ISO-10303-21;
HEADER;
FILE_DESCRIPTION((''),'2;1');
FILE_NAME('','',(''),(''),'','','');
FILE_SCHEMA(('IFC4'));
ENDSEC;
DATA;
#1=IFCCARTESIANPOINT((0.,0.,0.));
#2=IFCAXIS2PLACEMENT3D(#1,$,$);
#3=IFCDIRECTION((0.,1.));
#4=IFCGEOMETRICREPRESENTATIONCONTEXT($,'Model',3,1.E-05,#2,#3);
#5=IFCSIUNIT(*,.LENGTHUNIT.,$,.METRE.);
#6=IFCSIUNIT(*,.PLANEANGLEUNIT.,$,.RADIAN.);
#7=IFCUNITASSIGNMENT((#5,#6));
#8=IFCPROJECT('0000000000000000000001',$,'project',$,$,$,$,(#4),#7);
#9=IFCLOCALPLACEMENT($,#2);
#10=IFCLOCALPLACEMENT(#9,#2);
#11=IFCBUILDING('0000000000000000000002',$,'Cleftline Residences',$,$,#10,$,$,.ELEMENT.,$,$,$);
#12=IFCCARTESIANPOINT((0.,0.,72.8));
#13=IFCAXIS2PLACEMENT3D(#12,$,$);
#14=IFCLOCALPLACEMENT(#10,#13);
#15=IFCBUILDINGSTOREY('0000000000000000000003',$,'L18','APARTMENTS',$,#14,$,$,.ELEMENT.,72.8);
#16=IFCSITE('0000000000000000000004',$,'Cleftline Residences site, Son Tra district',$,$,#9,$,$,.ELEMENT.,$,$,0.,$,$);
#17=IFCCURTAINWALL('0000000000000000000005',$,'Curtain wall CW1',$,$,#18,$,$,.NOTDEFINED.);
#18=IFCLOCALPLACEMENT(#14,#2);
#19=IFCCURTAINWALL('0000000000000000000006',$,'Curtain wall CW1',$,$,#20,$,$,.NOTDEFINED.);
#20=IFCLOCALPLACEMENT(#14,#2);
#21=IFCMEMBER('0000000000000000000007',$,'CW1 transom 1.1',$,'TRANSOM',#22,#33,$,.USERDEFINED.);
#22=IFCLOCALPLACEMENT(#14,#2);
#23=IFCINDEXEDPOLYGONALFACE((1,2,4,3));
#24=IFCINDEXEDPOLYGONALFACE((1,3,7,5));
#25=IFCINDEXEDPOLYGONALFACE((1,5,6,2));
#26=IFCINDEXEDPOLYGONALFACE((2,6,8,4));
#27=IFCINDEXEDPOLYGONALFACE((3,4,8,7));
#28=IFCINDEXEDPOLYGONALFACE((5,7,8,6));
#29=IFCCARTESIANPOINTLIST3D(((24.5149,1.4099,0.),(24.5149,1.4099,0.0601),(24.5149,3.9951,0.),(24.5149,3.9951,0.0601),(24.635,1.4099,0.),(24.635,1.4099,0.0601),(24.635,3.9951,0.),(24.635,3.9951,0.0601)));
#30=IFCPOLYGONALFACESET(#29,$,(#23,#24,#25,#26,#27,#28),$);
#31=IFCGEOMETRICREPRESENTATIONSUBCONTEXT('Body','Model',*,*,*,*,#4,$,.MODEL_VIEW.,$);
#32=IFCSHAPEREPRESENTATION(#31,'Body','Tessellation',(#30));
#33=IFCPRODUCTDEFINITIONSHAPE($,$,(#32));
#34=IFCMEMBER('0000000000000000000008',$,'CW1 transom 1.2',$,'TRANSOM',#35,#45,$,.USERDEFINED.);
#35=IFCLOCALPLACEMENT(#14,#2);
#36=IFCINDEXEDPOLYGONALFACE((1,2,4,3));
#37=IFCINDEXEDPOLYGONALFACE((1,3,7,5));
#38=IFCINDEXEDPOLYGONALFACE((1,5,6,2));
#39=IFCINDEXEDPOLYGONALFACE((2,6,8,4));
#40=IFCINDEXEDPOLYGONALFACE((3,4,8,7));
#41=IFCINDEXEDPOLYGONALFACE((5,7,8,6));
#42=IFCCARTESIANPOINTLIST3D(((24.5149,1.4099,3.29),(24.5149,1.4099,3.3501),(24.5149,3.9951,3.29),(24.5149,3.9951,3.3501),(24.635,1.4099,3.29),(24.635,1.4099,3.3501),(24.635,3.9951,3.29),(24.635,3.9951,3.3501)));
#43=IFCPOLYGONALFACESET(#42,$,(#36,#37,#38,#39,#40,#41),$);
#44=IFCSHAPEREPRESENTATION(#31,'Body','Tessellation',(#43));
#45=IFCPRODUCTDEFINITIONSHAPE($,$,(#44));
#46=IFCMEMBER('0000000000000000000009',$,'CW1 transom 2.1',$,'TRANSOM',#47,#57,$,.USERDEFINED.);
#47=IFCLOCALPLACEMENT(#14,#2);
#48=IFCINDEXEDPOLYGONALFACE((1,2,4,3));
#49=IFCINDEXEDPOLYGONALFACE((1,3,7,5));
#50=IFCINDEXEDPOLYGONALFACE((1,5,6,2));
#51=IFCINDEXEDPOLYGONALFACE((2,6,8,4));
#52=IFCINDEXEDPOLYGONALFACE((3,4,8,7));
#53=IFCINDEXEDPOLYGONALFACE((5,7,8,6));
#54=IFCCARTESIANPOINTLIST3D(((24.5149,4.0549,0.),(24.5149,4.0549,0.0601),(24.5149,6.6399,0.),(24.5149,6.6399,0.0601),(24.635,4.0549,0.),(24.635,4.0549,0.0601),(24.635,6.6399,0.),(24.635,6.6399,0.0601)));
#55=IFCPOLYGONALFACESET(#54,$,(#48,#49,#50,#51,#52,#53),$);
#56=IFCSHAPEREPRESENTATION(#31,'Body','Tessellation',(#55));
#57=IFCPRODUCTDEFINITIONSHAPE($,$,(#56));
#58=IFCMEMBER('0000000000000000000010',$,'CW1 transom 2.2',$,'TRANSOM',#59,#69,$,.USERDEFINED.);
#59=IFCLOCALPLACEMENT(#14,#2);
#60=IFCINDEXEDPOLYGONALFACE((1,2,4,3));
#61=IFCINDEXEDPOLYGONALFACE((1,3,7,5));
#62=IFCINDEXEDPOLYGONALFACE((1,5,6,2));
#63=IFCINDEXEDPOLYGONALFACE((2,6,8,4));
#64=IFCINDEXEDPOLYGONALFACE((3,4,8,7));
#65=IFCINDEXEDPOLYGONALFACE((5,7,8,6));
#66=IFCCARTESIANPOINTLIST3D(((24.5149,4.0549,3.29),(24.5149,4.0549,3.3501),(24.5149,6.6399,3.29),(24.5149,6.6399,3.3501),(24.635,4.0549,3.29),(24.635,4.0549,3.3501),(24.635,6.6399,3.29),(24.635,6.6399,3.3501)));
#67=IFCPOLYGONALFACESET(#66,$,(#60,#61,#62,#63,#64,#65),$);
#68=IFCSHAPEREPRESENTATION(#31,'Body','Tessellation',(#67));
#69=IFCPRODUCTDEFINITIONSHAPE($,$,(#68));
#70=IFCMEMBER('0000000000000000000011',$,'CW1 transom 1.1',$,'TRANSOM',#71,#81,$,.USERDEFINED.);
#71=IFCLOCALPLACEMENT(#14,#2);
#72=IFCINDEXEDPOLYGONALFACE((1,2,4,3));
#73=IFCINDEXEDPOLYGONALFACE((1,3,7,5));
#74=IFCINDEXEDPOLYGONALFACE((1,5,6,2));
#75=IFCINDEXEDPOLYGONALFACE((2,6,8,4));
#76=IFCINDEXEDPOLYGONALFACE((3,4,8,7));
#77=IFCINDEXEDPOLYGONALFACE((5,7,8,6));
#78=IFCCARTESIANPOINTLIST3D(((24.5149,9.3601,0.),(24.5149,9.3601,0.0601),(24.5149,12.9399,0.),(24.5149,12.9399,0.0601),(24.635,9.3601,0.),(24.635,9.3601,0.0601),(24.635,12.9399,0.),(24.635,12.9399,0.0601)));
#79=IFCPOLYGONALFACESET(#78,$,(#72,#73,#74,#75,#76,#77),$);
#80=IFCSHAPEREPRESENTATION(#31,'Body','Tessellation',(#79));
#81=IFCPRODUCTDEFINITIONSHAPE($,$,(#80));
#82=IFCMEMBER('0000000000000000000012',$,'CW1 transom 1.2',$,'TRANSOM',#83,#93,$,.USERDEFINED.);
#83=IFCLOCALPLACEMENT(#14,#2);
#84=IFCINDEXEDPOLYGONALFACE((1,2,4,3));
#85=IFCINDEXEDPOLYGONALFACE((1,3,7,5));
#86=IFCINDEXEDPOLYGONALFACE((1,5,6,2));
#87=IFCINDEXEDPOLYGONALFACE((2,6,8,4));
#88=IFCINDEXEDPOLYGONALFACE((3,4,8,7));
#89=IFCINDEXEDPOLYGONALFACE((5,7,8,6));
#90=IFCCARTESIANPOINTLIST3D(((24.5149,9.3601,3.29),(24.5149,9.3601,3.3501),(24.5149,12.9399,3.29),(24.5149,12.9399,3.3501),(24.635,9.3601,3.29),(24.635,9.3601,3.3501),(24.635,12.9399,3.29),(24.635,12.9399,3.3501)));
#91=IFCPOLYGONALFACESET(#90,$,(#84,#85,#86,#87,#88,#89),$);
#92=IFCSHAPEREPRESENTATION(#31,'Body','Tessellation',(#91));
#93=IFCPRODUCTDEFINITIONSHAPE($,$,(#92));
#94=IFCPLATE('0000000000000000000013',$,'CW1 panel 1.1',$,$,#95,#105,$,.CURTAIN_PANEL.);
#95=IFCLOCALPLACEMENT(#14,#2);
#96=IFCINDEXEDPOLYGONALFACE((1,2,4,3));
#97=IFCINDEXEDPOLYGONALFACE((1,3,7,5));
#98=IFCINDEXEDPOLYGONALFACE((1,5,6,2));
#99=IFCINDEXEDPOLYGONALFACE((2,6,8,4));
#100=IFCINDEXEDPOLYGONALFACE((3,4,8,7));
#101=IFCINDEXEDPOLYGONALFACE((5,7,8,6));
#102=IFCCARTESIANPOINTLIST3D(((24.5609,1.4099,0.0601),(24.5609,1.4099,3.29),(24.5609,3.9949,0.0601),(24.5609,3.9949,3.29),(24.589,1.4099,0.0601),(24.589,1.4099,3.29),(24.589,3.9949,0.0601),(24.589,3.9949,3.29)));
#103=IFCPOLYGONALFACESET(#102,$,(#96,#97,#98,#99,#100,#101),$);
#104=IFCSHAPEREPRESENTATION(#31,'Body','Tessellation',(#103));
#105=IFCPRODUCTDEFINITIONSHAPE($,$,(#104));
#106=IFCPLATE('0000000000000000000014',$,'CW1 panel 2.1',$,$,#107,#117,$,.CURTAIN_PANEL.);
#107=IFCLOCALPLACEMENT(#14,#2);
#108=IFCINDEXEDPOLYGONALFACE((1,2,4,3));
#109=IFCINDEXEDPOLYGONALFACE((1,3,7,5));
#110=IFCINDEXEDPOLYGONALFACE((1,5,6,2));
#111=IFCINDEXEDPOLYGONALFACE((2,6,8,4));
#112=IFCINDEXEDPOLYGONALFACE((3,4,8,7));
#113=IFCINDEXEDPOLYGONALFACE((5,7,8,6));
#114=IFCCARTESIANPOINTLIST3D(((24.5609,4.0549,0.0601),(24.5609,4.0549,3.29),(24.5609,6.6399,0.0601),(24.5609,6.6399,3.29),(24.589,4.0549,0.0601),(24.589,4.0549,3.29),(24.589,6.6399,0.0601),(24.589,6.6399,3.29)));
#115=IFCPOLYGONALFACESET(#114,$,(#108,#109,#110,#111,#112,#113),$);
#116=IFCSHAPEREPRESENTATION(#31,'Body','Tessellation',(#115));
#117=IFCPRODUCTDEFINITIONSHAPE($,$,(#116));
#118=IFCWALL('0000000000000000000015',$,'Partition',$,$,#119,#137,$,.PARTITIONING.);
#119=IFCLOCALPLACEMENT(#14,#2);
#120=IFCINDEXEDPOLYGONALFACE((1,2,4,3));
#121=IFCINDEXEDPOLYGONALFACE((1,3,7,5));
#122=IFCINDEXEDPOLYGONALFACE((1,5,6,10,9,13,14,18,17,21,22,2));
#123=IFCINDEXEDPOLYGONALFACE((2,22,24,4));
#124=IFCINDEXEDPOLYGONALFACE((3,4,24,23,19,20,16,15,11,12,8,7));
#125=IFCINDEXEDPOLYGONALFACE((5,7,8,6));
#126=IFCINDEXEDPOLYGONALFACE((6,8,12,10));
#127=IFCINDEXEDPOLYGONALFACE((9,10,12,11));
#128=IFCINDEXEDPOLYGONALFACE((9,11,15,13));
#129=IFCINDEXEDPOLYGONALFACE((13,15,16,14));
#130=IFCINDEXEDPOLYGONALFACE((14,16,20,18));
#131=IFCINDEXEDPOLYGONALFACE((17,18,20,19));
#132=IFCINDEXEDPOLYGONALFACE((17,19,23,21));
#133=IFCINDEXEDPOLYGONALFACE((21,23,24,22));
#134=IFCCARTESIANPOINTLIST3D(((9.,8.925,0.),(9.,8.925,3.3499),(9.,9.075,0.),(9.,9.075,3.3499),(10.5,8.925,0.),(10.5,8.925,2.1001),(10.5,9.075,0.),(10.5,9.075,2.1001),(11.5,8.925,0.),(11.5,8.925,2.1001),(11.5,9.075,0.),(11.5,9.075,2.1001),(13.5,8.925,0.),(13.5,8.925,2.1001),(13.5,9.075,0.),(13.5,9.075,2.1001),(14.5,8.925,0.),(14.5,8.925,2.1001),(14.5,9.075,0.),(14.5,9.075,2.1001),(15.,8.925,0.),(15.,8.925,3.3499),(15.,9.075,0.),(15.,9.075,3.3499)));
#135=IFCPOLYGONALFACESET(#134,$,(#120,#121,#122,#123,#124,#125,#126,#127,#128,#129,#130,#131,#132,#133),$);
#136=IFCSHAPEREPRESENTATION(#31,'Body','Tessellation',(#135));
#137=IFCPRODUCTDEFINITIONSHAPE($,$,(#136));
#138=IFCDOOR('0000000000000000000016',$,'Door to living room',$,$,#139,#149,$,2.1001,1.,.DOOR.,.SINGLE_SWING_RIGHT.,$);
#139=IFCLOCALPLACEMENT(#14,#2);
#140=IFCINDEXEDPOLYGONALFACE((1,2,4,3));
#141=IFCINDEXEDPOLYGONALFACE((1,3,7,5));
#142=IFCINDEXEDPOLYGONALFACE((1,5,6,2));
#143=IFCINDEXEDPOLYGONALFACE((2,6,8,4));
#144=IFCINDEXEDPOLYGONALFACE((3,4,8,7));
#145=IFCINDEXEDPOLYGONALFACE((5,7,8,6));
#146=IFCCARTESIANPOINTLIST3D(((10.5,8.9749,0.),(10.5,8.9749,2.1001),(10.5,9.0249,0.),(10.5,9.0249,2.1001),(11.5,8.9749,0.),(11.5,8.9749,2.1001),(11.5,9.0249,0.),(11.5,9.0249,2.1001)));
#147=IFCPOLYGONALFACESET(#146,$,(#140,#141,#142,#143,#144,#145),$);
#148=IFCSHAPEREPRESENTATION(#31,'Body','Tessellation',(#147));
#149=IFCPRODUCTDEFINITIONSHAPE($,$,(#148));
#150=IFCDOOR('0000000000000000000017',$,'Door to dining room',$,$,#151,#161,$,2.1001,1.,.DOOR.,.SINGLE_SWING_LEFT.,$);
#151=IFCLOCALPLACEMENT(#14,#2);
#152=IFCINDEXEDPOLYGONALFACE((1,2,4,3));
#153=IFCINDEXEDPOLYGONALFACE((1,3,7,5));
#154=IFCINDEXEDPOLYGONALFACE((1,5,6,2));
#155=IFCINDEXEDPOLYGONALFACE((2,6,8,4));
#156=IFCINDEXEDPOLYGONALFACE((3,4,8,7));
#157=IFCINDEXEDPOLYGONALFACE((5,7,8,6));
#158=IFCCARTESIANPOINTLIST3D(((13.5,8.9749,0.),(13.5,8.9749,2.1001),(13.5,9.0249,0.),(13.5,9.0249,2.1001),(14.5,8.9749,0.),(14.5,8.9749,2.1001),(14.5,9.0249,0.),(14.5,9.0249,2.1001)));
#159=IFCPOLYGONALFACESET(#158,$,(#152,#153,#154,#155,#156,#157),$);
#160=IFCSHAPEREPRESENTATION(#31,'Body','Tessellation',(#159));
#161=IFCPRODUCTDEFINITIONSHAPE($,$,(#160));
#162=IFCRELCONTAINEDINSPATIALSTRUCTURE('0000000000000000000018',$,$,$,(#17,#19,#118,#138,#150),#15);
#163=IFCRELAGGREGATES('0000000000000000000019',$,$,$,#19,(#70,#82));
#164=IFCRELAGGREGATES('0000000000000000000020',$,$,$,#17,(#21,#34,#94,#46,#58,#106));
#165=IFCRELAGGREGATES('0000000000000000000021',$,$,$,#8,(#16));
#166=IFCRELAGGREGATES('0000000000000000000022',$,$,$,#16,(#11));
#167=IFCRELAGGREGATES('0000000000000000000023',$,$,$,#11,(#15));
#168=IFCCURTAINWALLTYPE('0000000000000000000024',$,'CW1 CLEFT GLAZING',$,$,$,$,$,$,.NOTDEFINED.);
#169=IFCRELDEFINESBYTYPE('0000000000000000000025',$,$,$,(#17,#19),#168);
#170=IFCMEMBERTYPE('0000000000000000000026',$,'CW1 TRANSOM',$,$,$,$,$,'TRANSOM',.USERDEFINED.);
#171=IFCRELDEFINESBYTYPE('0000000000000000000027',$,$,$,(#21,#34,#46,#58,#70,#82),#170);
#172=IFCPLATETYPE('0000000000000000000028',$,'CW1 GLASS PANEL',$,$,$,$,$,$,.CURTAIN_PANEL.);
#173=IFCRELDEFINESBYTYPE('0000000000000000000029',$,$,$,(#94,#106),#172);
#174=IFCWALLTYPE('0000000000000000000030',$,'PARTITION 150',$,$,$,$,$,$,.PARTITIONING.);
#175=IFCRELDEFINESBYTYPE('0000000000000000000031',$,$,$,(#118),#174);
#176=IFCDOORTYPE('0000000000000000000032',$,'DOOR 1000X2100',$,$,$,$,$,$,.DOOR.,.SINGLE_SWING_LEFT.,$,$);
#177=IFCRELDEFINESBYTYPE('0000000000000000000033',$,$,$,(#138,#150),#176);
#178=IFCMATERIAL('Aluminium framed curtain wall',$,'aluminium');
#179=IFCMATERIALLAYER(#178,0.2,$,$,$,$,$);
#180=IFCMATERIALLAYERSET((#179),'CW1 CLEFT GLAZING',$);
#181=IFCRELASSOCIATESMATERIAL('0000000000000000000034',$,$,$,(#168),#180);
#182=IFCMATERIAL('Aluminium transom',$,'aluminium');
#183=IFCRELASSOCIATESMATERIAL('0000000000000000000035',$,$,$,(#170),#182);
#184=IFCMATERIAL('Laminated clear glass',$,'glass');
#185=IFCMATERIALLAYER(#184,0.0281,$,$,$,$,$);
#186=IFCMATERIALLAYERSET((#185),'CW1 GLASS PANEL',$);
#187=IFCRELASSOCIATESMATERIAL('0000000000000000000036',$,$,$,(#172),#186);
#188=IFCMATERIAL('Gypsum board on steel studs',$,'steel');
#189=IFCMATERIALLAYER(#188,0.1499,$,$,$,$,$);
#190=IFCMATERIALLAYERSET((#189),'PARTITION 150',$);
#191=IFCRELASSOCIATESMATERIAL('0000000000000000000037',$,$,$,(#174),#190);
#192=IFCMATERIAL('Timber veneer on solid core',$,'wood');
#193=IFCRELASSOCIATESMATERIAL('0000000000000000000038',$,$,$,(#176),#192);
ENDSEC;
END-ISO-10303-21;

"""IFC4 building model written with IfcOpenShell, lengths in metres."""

from ifc_helpers import new_model, si_unit, direction, frame, frame_2d, origin, origin_2d, place, context, subcontext, project, spatial, rectangle, extrude, material, layer, layer_set, material_profile, profile_set, type_object, element, fill, aggregate, save


model = new_model("IFC4")

# Units and contexts
model_context = context("Model", 3, precision=1e-05, world=origin(), true_north=direction((0.0, 1.0)))
body_context = subcontext(model_context, "Body", "Model", "MODEL_VIEW")
ifc_project = project(units=[si_unit("LENGTHUNIT", "METRE"), si_unit("PLANEANGLEUNIT", "RADIAN")], contexts=[model_context])

# Site, building, storey
site_placement = place(None, origin())
site = spatial("IfcSite", under=ifc_project, at=site_placement, Name="Cleftline Residences site, Son Tra district", CompositionType="ELEMENT", RefElevation=0.0)
building_placement = place(site_placement, origin())
building = spatial("IfcBuilding", under=site, at=building_placement, Name="Cleftline Residences", CompositionType="ELEMENT")
storey_placement = place(building_placement, frame((0.0, 0.0, 72.8)))
storey = spatial("IfcBuildingStorey", under=building, at=storey_placement, Name="L18", Description="APARTMENTS", CompositionType="ELEMENT", Elevation=72.8)

# Curtain wall
ifc_material_1 = material(Name="Aluminium framed curtain wall", Category="aluminium")
ifc_layer_1 = layer(ifc_material_1, 0.2)
ifc_layer_set_1 = layer_set([ifc_layer_1], Name="CW1 CLEFT GLAZING")
curtain_wall_type = type_object("IfcCurtainWallType", Name="CW1 CLEFT GLAZING", PredefinedType="NOTDEFINED", material=ifc_layer_set_1)
curtain_wall_1_placement = place(storey_placement, origin())
curtain_wall_1 = element("IfcCurtainWall", 1, at=curtain_wall_1_placement, inside=storey, type_object=curtain_wall_type, Name="Curtain wall CW1", PredefinedType="NOTDEFINED")

# Curtain wall
curtain_wall_2_placement = place(storey_placement, origin())
curtain_wall_2 = element("IfcCurtainWall", 2, at=curtain_wall_2_placement, inside=storey, type_object=curtain_wall_type, Name="Curtain wall CW1", PredefinedType="NOTDEFINED")

# Members
ifc_material_2 = material(Name="Aluminium transom", Category="aluminium")
ifc_material_profile_1 = material_profile(ifc_material_2, rectangle(XDim=0.1201, YDim=0.0601, at=origin_2d()))
ifc_profile_set_1 = profile_set([ifc_material_profile_1], Name="Aluminium transom")
member_type_1 = type_object("IfcMemberType", Name="CW1 TRANSOM", ElementType="TRANSOM", PredefinedType="USERDEFINED", material=ifc_profile_set_1)
member_1_placement = place(storey_placement, frame((24.575, 1.4099, 0.03), z_axis=(0.0, 1.0, 0.0), x_axis=(-1.0, 0.0, 0.0)))
member_1 = element("IfcMember", 3, at=member_1_placement, type_object=member_type_1, Name="CW1 transom 1.1", ObjectType="TRANSOM", PredefinedType="USERDEFINED", context=body_context, shape_type="SweptSolid", body=[
    extrude(rectangle(XDim=0.1201, YDim=0.0601, at=origin_2d()), origin(), (0.0, 0.0, 1.0), 2.5852),
])
member_2_placement = place(storey_placement, frame((24.575, 1.4099, 3.3201), z_axis=(0.0, 1.0, 0.0), x_axis=(-1.0, 0.0, 0.0)))
member_2 = element("IfcMember", 4, at=member_2_placement, type_object=member_type_1, Name="CW1 transom 1.2", ObjectType="TRANSOM", PredefinedType="USERDEFINED", context=body_context, shape_type="SweptSolid", body=[
    extrude(rectangle(XDim=0.1201, YDim=0.0601, at=origin_2d()), origin(), (0.0, 0.0, 1.0), 2.5852),
])
member_3_placement = place(storey_placement, frame((24.575, 4.0549, 0.03), z_axis=(0.0, 1.0, 0.0), x_axis=(-1.0, 0.0, 0.0)))
member_3 = element("IfcMember", 5, at=member_3_placement, type_object=member_type_1, Name="CW1 transom 2.1", ObjectType="TRANSOM", PredefinedType="USERDEFINED", context=body_context, shape_type="SweptSolid", body=[
    extrude(rectangle(XDim=0.1201, YDim=0.0601, at=origin_2d()), origin(), (0.0, 0.0, 1.0), 2.585),
])
member_4_placement = place(storey_placement, frame((24.575, 4.0549, 3.3201), z_axis=(0.0, 1.0, 0.0), x_axis=(-1.0, 0.0, 0.0)))
member_4 = element("IfcMember", 6, at=member_4_placement, type_object=member_type_1, Name="CW1 transom 2.2", ObjectType="TRANSOM", PredefinedType="USERDEFINED", context=body_context, shape_type="SweptSolid", body=[
    extrude(rectangle(XDim=0.1201, YDim=0.0601, at=origin_2d()), origin(), (0.0, 0.0, 1.0), 2.585),
])
member_5_placement = place(storey_placement, frame((24.575, 9.3601, 0.03), z_axis=(0.0, 1.0, 0.0), x_axis=(-1.0, 0.0, 0.0)))
member_5 = element("IfcMember", 7, at=member_5_placement, type_object=member_type_1, Name="CW1 transom 1.1", ObjectType="TRANSOM", PredefinedType="USERDEFINED", context=body_context, shape_type="SweptSolid", body=[
    extrude(rectangle(XDim=0.1201, YDim=0.0601, at=origin_2d()), origin(), (0.0, 0.0, 1.0), 3.5798),
])
member_6_placement = place(storey_placement, frame((24.575, 9.3601, 3.3201), z_axis=(0.0, 1.0, 0.0), x_axis=(-1.0, 0.0, 0.0)))
member_6 = element("IfcMember", 8, at=member_6_placement, type_object=member_type_1, Name="CW1 transom 1.2", ObjectType="TRANSOM", PredefinedType="USERDEFINED", context=body_context, shape_type="SweptSolid", body=[
    extrude(rectangle(XDim=0.1201, YDim=0.0601, at=origin_2d()), origin(), (0.0, 0.0, 1.0), 3.5798),
])
aggregate(curtain_wall_2, [member_5, member_6])

# Plates
ifc_material_3 = material(Name="Laminated clear glass", Category="glass")
ifc_layer_2 = layer(ifc_material_3, 0.0281)
ifc_layer_set_2 = layer_set([ifc_layer_2], Name="CW1 GLASS PANEL")
plate_type = type_object("IfcPlateType", Name="CW1 GLASS PANEL", PredefinedType="CURTAIN_PANEL", material=ifc_layer_set_2)
plate_1_placement = place(storey_placement, frame((24.575, 2.7024, 0.0601), z_axis=(0.0, 0.0, 1.0), x_axis=(0.0, 1.0, 0.0)))
plate_1 = element("IfcPlate", 9, at=plate_1_placement, type_object=plate_type, Name="CW1 panel 1.1", PredefinedType="CURTAIN_PANEL", context=body_context, shape_type="SweptSolid", body=[
    extrude(rectangle(XDim=2.585, YDim=0.0281, at=origin_2d()), origin(), (0.0, 0.0, 1.0), 3.23),
])
plate_2_placement = place(storey_placement, frame((24.575, 5.3474, 0.0601), z_axis=(0.0, 0.0, 1.0), x_axis=(0.0, 1.0, 0.0)))
plate_2 = element("IfcPlate", 10, at=plate_2_placement, type_object=plate_type, Name="CW1 panel 2.1", PredefinedType="CURTAIN_PANEL", context=body_context, shape_type="SweptSolid", body=[
    extrude(rectangle(XDim=2.585, YDim=0.0281, at=origin_2d()), origin(), (0.0, 0.0, 1.0), 3.23),
])
aggregate(curtain_wall_1, [member_1, member_2, plate_1, member_3, member_4, plate_2])

# Wall, openings, doors
ifc_material_4 = material(Name="Gypsum board on steel studs", Category="steel")
ifc_layer_3 = layer(ifc_material_4, 0.1499)
ifc_layer_set_3 = layer_set([ifc_layer_3], Name="PARTITION 150")
wall_type = type_object("IfcWallType", Name="PARTITION 150", PredefinedType="PARTITIONING", material=ifc_layer_set_3)
wall_1_placement = place(storey_placement, frame((9.0, 9.0, 0.0), z_axis=(0.0, 0.0, 1.0), x_axis=(1.0, 0.0, 0.0)))
wall_1 = element("IfcWall", 11, at=wall_1_placement, inside=storey, type_object=wall_type, Name="Partition", PredefinedType="PARTITIONING", context=body_context, shape_type="SweptSolid", body=[
    extrude(rectangle(XDim=6.0, YDim=0.1499, at=frame_2d((3.0, 0.0))), origin(), (0.0, 0.0, 1.0), 3.3499),
])
opening_1_placement = place(wall_1_placement, frame((1.5, 0.0, 0.0)))
opening_1 = element("IfcOpeningElement", 12, at=opening_1_placement, cuts=wall_1, PredefinedType="OPENING", context=body_context, shape_type="SweptSolid", body=[
    extrude(rectangle(XDim=1.0, YDim=2.1001, at=frame_2d((0.5, 1.05))), frame((0.0, 0.085, 0.0), z_axis=(0.0, -1.0, 0.0), x_axis=(1.0, 0.0, 0.0)), (0.0, 0.0, 1.0), 0.1699),
])
opening_2_placement = place(wall_1_placement, frame((4.5, 0.0, 0.0)))
opening_2 = element("IfcOpeningElement", 13, at=opening_2_placement, cuts=wall_1, PredefinedType="OPENING", context=body_context, shape_type="SweptSolid", body=[
    extrude(rectangle(XDim=1.0, YDim=2.1001, at=frame_2d((0.5, 1.05))), frame((0.0, 0.085, 0.0), z_axis=(0.0, -1.0, 0.0), x_axis=(1.0, 0.0, 0.0)), (0.0, 0.0, 1.0), 0.1699),
])
ifc_material_5 = material(Name="Timber veneer on solid core", Category="wood")
door_type_1 = type_object("IfcDoorType", Name="DOOR 1000X2100", OperationType="SINGLE_SWING_LEFT", PredefinedType="DOOR", material=ifc_material_5)
door_1_placement = place(opening_1_placement, origin())
door_1 = element("IfcDoor", 14, at=door_1_placement, inside=storey, type_object=door_type_1, Name="Door to living room", OperationType="SINGLE_SWING_RIGHT", OverallHeight=2.1001, OverallWidth=1.0, PredefinedType="DOOR", context=body_context, shape_type="SweptSolid", body=[
    extrude(rectangle(XDim=1.0, YDim=2.1001, at=frame_2d((0.5, 1.05))), frame((0.0, 0.0249, 0.0), z_axis=(0.0, -1.0, 0.0), x_axis=(1.0, 0.0, 0.0)), (0.0, 0.0, 1.0), 0.05),
])
fill(opening_1, door_1)
door_2_placement = place(opening_2_placement, origin())
door_2 = element("IfcDoor", 15, at=door_2_placement, inside=storey, type_object=door_type_1, Name="Door to dining room", OperationType="SINGLE_SWING_LEFT", OverallHeight=2.1001, OverallWidth=1.0, PredefinedType="DOOR", context=body_context, shape_type="SweptSolid", body=[
    extrude(rectangle(XDim=1.0, YDim=2.1001, at=frame_2d((0.5, 1.05))), frame((0.0, 0.0249, 0.0), z_axis=(0.0, -1.0, 0.0), x_axis=(1.0, 0.0, 0.0)), (0.0, 0.0, 1.0), 0.05),
])
fill(opening_2, door_2)

save(model, "model.ifc")
